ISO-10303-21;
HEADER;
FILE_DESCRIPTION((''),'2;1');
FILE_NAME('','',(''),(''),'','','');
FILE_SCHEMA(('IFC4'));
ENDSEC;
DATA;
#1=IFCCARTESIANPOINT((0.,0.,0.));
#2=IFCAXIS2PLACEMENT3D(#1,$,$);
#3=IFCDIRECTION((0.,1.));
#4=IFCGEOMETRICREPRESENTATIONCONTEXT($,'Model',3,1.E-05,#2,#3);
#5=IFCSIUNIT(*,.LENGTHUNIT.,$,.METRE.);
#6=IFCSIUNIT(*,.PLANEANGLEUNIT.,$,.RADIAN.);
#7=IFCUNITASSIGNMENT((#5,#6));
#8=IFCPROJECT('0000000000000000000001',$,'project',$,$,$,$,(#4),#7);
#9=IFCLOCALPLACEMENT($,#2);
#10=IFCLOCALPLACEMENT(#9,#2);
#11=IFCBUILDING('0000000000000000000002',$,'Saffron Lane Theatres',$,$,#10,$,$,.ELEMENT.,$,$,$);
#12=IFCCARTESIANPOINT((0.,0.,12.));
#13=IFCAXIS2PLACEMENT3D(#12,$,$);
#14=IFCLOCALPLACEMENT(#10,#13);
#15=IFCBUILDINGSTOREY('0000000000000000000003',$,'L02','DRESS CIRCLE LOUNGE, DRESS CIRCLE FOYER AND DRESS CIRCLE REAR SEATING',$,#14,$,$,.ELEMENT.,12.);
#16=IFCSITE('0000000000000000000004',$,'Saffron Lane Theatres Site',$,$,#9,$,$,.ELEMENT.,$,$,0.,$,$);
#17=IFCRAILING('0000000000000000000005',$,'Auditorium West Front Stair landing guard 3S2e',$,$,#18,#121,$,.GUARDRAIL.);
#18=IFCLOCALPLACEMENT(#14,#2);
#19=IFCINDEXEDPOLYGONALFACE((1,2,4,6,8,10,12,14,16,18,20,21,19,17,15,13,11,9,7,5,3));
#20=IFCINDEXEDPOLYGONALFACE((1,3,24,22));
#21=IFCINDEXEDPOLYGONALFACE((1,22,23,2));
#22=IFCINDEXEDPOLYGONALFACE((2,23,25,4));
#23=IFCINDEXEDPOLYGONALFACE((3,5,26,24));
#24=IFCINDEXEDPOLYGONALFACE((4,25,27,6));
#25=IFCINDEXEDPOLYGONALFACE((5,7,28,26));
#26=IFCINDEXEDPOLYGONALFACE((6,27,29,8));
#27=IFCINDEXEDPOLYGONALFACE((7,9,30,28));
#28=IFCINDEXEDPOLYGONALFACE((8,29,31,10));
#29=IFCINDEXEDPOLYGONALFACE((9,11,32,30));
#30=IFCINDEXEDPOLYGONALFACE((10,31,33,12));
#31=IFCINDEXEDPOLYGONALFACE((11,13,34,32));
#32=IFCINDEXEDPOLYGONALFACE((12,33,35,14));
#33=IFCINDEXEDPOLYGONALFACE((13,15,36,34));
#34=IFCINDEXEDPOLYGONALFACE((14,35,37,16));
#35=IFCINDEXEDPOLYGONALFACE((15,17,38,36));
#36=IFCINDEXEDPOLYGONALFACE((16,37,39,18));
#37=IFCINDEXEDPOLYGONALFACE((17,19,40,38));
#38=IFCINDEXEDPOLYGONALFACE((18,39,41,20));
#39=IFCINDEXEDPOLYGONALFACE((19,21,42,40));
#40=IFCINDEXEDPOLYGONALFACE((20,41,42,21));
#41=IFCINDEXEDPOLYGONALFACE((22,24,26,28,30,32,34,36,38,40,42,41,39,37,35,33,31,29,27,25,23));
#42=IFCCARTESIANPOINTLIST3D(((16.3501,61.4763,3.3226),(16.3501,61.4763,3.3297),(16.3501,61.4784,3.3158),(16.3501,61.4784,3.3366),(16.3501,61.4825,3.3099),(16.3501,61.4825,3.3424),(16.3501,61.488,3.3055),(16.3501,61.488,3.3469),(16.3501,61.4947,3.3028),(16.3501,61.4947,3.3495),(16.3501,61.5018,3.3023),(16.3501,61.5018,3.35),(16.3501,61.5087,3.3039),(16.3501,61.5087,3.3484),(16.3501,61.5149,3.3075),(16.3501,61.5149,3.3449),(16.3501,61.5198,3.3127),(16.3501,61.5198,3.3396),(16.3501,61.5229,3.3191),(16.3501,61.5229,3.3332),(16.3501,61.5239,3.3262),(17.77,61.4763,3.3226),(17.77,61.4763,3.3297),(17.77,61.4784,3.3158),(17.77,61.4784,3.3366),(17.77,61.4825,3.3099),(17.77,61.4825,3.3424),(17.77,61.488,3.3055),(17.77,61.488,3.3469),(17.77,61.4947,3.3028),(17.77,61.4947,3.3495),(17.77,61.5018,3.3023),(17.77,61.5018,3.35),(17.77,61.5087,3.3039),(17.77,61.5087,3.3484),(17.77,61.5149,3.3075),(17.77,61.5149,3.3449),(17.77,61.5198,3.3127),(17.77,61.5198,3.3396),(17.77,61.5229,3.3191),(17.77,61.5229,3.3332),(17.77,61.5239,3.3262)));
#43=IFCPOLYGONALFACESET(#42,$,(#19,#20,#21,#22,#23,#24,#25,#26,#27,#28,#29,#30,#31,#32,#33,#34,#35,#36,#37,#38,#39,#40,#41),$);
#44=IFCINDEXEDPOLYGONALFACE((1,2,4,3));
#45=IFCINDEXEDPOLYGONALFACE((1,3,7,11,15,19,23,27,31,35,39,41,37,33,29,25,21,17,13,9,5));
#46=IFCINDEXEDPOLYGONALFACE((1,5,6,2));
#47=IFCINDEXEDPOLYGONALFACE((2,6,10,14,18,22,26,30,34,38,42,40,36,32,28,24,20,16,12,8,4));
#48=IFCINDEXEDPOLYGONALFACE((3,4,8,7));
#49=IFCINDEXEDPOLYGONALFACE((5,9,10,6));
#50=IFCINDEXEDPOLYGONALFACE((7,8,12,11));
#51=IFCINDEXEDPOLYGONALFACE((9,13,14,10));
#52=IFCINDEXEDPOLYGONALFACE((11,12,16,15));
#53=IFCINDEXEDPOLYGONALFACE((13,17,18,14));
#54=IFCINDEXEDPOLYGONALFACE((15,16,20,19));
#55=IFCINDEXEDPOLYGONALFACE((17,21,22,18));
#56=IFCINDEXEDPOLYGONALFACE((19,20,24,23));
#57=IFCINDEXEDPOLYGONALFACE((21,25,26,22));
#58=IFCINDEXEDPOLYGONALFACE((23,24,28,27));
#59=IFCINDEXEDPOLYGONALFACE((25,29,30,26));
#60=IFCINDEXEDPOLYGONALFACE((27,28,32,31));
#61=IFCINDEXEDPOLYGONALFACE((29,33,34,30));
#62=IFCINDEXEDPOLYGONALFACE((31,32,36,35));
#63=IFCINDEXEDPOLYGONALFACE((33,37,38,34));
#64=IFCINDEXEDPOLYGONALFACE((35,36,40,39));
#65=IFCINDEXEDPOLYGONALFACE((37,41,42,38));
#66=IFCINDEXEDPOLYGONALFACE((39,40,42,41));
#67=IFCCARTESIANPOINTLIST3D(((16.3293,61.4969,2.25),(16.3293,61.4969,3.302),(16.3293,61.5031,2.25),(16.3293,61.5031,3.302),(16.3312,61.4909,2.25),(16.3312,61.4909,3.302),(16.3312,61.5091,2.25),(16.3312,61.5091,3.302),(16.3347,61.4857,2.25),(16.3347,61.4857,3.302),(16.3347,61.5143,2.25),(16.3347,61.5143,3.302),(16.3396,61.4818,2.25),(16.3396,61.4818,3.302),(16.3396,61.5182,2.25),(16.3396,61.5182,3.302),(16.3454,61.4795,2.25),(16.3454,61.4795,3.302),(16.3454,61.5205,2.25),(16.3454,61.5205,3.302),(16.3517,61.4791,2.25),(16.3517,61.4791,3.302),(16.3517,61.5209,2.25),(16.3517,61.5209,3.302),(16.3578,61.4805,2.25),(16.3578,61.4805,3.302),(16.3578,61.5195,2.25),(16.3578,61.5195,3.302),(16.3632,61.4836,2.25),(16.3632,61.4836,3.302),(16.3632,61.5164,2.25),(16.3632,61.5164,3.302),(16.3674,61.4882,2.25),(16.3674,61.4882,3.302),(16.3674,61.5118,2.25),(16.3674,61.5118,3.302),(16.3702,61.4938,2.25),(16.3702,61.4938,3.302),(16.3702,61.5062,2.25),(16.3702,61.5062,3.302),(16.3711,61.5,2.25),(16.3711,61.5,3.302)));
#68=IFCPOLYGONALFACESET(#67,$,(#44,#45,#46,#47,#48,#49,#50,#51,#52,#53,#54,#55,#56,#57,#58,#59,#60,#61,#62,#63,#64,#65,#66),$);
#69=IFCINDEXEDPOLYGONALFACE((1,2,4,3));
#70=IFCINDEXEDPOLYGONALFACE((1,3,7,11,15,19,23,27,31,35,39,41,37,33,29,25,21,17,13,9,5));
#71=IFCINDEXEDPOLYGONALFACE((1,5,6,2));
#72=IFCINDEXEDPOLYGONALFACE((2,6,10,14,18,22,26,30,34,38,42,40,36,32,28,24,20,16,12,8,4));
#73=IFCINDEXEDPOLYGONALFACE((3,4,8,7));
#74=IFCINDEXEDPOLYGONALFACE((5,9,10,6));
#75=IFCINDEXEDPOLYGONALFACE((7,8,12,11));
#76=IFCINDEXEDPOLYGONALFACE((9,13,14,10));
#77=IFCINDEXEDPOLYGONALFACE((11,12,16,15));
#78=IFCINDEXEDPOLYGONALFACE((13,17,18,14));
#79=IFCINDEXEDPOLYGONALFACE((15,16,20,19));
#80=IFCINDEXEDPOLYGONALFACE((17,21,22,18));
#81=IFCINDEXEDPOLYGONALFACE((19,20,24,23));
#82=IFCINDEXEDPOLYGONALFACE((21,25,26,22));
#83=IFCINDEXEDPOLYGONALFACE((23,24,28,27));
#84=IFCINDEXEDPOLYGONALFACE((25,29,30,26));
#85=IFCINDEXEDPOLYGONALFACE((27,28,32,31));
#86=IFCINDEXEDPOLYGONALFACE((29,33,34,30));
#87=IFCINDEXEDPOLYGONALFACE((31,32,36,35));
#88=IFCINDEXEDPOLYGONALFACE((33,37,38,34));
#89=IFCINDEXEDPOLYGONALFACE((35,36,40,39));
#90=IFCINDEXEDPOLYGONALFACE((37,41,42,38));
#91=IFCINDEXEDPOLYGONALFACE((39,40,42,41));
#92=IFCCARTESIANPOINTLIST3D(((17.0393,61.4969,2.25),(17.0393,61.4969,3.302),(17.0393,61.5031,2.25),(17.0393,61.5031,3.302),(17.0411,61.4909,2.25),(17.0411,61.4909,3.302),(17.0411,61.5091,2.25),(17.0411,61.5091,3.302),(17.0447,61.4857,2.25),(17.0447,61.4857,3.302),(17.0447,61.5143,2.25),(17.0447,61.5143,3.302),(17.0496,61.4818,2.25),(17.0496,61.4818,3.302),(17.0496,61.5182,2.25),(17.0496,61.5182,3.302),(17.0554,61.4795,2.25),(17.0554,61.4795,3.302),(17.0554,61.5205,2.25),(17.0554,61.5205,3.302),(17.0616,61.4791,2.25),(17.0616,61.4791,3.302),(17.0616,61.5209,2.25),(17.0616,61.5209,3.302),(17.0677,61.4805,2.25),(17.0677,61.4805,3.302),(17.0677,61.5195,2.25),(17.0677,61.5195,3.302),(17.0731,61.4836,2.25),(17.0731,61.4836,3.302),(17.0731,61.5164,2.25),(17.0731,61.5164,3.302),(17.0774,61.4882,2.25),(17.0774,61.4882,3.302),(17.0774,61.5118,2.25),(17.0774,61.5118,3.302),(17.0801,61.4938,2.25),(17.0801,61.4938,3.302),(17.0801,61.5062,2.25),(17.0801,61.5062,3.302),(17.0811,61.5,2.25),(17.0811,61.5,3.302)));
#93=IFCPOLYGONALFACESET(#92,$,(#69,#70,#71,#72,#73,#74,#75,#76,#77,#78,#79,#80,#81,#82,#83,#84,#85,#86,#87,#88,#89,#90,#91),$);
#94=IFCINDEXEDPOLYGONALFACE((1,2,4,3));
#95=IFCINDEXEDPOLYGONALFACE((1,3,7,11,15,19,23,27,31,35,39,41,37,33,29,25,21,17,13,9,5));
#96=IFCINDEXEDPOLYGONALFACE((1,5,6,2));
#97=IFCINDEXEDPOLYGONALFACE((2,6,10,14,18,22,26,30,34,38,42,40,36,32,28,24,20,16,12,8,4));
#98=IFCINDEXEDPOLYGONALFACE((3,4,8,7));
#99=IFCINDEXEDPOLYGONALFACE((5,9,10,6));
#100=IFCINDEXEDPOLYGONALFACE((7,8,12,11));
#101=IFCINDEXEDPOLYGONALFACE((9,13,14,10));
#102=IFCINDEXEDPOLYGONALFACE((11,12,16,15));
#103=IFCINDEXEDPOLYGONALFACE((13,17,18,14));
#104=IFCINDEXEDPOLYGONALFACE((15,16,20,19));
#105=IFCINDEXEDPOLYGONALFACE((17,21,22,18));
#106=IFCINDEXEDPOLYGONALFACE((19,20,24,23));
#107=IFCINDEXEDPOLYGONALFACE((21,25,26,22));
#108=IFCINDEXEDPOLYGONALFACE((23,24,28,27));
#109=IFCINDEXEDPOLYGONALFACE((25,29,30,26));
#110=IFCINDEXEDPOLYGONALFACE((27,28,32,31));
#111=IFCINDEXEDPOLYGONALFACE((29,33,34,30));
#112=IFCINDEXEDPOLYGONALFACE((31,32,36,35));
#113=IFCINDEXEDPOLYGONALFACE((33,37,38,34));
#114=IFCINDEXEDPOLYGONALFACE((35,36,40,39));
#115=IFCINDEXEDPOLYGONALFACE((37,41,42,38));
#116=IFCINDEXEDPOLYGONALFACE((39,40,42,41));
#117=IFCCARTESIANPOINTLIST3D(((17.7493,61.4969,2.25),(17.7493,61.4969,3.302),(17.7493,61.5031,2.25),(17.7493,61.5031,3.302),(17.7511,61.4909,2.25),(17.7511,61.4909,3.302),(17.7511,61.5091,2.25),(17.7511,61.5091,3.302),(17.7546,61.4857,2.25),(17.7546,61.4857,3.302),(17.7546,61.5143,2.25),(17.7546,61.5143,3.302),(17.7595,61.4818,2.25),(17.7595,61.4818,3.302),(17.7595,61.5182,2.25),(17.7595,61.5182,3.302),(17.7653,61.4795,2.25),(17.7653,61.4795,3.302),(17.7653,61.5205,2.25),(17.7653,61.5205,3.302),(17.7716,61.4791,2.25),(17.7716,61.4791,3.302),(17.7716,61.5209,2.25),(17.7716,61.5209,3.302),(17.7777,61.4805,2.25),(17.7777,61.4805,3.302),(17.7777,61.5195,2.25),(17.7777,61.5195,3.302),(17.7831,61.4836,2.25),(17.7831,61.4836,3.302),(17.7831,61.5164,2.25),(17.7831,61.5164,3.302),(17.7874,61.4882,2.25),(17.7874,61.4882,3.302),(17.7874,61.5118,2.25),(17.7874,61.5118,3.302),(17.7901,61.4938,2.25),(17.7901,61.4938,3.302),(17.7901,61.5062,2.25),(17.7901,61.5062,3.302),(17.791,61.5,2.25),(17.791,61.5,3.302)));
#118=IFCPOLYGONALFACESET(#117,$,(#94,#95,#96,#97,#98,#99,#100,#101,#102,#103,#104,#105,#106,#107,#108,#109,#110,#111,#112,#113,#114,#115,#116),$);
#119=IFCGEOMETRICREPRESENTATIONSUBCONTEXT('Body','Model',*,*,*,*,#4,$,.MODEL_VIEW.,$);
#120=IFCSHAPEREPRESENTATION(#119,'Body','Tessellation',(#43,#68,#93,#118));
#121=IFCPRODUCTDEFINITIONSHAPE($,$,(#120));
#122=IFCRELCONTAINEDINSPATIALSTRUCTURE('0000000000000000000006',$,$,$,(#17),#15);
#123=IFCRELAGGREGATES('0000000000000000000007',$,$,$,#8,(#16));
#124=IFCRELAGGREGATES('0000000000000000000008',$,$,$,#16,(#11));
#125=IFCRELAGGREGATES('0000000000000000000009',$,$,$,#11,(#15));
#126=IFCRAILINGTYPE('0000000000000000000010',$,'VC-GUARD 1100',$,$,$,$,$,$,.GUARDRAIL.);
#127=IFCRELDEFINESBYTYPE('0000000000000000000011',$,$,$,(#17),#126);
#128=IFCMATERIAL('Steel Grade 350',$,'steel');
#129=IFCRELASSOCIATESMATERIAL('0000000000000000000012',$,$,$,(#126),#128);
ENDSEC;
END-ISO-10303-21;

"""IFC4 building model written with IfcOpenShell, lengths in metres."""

from ifc_helpers import new_model, si_unit, direction, frame, origin, origin_2d, place, context, subcontext, project, spatial, circle, extrude, material, type_object, element, save


model = new_model("IFC4")

# Units and contexts
model_context = context("Model", 3, precision=1e-05, world=origin(), true_north=direction((0.0, 1.0)))
body_context = subcontext(model_context, "Body", "Model", "MODEL_VIEW")
ifc_project = project(units=[si_unit("LENGTHUNIT", "METRE"), si_unit("PLANEANGLEUNIT", "RADIAN")], contexts=[model_context])

# Site, building, storey
site_placement = place(None, origin())
site = spatial("IfcSite", under=ifc_project, at=site_placement, Name="Saffron Lane Theatres Site", CompositionType="ELEMENT", RefElevation=0.0)
building_placement = place(site_placement, origin())
building = spatial("IfcBuilding", under=site, at=building_placement, Name="Saffron Lane Theatres", CompositionType="ELEMENT")
storey_placement = place(building_placement, frame((0.0, 0.0, 12.0)))
storey = spatial("IfcBuildingStorey", under=building, at=storey_placement, Name="L02", Description="DRESS CIRCLE LOUNGE, DRESS CIRCLE FOYER AND DRESS CIRCLE REAR SEATING", CompositionType="ELEMENT", Elevation=12.0)

# Railing
ifc_material_1 = material(Name="Steel Grade 350", Category="steel")
railing_type_1 = type_object("IfcRailingType", Name="VC-GUARD 1100", PredefinedType="GUARDRAIL", material=ifc_material_1)
railing_1_placement = place(storey_placement, frame((16.3501, 61.5, 2.25)))
element("IfcRailing", 1, at=railing_1_placement, inside=storey, type_object=railing_type_1, Name="Auditorium West Front Stair landing guard 3S2e", PredefinedType="GUARDRAIL", context=body_context, shape_type="SweptSolid", body=[
    extrude(circle(Radius=0.0239, at=origin_2d()), frame((0.0, 0.0, 1.0762), z_axis=(1.0, 0.0, 0.0), x_axis=(0.0, 1.0, 0.0)), (0.0, 0.0, 1.0), 1.4199),
    extrude(circle(Radius=0.021, at=origin_2d()), origin(), (0.0, 0.0, 1.0), 1.052),
    extrude(circle(Radius=0.021, at=origin_2d()), frame((0.71, 0.0, 0.0)), (0.0, 0.0, 1.0), 1.052),
    extrude(circle(Radius=0.021, at=origin_2d()), frame((1.4199, 0.0, 0.0)), (0.0, 0.0, 1.0), 1.052),
])

save(model, "model.ifc")
